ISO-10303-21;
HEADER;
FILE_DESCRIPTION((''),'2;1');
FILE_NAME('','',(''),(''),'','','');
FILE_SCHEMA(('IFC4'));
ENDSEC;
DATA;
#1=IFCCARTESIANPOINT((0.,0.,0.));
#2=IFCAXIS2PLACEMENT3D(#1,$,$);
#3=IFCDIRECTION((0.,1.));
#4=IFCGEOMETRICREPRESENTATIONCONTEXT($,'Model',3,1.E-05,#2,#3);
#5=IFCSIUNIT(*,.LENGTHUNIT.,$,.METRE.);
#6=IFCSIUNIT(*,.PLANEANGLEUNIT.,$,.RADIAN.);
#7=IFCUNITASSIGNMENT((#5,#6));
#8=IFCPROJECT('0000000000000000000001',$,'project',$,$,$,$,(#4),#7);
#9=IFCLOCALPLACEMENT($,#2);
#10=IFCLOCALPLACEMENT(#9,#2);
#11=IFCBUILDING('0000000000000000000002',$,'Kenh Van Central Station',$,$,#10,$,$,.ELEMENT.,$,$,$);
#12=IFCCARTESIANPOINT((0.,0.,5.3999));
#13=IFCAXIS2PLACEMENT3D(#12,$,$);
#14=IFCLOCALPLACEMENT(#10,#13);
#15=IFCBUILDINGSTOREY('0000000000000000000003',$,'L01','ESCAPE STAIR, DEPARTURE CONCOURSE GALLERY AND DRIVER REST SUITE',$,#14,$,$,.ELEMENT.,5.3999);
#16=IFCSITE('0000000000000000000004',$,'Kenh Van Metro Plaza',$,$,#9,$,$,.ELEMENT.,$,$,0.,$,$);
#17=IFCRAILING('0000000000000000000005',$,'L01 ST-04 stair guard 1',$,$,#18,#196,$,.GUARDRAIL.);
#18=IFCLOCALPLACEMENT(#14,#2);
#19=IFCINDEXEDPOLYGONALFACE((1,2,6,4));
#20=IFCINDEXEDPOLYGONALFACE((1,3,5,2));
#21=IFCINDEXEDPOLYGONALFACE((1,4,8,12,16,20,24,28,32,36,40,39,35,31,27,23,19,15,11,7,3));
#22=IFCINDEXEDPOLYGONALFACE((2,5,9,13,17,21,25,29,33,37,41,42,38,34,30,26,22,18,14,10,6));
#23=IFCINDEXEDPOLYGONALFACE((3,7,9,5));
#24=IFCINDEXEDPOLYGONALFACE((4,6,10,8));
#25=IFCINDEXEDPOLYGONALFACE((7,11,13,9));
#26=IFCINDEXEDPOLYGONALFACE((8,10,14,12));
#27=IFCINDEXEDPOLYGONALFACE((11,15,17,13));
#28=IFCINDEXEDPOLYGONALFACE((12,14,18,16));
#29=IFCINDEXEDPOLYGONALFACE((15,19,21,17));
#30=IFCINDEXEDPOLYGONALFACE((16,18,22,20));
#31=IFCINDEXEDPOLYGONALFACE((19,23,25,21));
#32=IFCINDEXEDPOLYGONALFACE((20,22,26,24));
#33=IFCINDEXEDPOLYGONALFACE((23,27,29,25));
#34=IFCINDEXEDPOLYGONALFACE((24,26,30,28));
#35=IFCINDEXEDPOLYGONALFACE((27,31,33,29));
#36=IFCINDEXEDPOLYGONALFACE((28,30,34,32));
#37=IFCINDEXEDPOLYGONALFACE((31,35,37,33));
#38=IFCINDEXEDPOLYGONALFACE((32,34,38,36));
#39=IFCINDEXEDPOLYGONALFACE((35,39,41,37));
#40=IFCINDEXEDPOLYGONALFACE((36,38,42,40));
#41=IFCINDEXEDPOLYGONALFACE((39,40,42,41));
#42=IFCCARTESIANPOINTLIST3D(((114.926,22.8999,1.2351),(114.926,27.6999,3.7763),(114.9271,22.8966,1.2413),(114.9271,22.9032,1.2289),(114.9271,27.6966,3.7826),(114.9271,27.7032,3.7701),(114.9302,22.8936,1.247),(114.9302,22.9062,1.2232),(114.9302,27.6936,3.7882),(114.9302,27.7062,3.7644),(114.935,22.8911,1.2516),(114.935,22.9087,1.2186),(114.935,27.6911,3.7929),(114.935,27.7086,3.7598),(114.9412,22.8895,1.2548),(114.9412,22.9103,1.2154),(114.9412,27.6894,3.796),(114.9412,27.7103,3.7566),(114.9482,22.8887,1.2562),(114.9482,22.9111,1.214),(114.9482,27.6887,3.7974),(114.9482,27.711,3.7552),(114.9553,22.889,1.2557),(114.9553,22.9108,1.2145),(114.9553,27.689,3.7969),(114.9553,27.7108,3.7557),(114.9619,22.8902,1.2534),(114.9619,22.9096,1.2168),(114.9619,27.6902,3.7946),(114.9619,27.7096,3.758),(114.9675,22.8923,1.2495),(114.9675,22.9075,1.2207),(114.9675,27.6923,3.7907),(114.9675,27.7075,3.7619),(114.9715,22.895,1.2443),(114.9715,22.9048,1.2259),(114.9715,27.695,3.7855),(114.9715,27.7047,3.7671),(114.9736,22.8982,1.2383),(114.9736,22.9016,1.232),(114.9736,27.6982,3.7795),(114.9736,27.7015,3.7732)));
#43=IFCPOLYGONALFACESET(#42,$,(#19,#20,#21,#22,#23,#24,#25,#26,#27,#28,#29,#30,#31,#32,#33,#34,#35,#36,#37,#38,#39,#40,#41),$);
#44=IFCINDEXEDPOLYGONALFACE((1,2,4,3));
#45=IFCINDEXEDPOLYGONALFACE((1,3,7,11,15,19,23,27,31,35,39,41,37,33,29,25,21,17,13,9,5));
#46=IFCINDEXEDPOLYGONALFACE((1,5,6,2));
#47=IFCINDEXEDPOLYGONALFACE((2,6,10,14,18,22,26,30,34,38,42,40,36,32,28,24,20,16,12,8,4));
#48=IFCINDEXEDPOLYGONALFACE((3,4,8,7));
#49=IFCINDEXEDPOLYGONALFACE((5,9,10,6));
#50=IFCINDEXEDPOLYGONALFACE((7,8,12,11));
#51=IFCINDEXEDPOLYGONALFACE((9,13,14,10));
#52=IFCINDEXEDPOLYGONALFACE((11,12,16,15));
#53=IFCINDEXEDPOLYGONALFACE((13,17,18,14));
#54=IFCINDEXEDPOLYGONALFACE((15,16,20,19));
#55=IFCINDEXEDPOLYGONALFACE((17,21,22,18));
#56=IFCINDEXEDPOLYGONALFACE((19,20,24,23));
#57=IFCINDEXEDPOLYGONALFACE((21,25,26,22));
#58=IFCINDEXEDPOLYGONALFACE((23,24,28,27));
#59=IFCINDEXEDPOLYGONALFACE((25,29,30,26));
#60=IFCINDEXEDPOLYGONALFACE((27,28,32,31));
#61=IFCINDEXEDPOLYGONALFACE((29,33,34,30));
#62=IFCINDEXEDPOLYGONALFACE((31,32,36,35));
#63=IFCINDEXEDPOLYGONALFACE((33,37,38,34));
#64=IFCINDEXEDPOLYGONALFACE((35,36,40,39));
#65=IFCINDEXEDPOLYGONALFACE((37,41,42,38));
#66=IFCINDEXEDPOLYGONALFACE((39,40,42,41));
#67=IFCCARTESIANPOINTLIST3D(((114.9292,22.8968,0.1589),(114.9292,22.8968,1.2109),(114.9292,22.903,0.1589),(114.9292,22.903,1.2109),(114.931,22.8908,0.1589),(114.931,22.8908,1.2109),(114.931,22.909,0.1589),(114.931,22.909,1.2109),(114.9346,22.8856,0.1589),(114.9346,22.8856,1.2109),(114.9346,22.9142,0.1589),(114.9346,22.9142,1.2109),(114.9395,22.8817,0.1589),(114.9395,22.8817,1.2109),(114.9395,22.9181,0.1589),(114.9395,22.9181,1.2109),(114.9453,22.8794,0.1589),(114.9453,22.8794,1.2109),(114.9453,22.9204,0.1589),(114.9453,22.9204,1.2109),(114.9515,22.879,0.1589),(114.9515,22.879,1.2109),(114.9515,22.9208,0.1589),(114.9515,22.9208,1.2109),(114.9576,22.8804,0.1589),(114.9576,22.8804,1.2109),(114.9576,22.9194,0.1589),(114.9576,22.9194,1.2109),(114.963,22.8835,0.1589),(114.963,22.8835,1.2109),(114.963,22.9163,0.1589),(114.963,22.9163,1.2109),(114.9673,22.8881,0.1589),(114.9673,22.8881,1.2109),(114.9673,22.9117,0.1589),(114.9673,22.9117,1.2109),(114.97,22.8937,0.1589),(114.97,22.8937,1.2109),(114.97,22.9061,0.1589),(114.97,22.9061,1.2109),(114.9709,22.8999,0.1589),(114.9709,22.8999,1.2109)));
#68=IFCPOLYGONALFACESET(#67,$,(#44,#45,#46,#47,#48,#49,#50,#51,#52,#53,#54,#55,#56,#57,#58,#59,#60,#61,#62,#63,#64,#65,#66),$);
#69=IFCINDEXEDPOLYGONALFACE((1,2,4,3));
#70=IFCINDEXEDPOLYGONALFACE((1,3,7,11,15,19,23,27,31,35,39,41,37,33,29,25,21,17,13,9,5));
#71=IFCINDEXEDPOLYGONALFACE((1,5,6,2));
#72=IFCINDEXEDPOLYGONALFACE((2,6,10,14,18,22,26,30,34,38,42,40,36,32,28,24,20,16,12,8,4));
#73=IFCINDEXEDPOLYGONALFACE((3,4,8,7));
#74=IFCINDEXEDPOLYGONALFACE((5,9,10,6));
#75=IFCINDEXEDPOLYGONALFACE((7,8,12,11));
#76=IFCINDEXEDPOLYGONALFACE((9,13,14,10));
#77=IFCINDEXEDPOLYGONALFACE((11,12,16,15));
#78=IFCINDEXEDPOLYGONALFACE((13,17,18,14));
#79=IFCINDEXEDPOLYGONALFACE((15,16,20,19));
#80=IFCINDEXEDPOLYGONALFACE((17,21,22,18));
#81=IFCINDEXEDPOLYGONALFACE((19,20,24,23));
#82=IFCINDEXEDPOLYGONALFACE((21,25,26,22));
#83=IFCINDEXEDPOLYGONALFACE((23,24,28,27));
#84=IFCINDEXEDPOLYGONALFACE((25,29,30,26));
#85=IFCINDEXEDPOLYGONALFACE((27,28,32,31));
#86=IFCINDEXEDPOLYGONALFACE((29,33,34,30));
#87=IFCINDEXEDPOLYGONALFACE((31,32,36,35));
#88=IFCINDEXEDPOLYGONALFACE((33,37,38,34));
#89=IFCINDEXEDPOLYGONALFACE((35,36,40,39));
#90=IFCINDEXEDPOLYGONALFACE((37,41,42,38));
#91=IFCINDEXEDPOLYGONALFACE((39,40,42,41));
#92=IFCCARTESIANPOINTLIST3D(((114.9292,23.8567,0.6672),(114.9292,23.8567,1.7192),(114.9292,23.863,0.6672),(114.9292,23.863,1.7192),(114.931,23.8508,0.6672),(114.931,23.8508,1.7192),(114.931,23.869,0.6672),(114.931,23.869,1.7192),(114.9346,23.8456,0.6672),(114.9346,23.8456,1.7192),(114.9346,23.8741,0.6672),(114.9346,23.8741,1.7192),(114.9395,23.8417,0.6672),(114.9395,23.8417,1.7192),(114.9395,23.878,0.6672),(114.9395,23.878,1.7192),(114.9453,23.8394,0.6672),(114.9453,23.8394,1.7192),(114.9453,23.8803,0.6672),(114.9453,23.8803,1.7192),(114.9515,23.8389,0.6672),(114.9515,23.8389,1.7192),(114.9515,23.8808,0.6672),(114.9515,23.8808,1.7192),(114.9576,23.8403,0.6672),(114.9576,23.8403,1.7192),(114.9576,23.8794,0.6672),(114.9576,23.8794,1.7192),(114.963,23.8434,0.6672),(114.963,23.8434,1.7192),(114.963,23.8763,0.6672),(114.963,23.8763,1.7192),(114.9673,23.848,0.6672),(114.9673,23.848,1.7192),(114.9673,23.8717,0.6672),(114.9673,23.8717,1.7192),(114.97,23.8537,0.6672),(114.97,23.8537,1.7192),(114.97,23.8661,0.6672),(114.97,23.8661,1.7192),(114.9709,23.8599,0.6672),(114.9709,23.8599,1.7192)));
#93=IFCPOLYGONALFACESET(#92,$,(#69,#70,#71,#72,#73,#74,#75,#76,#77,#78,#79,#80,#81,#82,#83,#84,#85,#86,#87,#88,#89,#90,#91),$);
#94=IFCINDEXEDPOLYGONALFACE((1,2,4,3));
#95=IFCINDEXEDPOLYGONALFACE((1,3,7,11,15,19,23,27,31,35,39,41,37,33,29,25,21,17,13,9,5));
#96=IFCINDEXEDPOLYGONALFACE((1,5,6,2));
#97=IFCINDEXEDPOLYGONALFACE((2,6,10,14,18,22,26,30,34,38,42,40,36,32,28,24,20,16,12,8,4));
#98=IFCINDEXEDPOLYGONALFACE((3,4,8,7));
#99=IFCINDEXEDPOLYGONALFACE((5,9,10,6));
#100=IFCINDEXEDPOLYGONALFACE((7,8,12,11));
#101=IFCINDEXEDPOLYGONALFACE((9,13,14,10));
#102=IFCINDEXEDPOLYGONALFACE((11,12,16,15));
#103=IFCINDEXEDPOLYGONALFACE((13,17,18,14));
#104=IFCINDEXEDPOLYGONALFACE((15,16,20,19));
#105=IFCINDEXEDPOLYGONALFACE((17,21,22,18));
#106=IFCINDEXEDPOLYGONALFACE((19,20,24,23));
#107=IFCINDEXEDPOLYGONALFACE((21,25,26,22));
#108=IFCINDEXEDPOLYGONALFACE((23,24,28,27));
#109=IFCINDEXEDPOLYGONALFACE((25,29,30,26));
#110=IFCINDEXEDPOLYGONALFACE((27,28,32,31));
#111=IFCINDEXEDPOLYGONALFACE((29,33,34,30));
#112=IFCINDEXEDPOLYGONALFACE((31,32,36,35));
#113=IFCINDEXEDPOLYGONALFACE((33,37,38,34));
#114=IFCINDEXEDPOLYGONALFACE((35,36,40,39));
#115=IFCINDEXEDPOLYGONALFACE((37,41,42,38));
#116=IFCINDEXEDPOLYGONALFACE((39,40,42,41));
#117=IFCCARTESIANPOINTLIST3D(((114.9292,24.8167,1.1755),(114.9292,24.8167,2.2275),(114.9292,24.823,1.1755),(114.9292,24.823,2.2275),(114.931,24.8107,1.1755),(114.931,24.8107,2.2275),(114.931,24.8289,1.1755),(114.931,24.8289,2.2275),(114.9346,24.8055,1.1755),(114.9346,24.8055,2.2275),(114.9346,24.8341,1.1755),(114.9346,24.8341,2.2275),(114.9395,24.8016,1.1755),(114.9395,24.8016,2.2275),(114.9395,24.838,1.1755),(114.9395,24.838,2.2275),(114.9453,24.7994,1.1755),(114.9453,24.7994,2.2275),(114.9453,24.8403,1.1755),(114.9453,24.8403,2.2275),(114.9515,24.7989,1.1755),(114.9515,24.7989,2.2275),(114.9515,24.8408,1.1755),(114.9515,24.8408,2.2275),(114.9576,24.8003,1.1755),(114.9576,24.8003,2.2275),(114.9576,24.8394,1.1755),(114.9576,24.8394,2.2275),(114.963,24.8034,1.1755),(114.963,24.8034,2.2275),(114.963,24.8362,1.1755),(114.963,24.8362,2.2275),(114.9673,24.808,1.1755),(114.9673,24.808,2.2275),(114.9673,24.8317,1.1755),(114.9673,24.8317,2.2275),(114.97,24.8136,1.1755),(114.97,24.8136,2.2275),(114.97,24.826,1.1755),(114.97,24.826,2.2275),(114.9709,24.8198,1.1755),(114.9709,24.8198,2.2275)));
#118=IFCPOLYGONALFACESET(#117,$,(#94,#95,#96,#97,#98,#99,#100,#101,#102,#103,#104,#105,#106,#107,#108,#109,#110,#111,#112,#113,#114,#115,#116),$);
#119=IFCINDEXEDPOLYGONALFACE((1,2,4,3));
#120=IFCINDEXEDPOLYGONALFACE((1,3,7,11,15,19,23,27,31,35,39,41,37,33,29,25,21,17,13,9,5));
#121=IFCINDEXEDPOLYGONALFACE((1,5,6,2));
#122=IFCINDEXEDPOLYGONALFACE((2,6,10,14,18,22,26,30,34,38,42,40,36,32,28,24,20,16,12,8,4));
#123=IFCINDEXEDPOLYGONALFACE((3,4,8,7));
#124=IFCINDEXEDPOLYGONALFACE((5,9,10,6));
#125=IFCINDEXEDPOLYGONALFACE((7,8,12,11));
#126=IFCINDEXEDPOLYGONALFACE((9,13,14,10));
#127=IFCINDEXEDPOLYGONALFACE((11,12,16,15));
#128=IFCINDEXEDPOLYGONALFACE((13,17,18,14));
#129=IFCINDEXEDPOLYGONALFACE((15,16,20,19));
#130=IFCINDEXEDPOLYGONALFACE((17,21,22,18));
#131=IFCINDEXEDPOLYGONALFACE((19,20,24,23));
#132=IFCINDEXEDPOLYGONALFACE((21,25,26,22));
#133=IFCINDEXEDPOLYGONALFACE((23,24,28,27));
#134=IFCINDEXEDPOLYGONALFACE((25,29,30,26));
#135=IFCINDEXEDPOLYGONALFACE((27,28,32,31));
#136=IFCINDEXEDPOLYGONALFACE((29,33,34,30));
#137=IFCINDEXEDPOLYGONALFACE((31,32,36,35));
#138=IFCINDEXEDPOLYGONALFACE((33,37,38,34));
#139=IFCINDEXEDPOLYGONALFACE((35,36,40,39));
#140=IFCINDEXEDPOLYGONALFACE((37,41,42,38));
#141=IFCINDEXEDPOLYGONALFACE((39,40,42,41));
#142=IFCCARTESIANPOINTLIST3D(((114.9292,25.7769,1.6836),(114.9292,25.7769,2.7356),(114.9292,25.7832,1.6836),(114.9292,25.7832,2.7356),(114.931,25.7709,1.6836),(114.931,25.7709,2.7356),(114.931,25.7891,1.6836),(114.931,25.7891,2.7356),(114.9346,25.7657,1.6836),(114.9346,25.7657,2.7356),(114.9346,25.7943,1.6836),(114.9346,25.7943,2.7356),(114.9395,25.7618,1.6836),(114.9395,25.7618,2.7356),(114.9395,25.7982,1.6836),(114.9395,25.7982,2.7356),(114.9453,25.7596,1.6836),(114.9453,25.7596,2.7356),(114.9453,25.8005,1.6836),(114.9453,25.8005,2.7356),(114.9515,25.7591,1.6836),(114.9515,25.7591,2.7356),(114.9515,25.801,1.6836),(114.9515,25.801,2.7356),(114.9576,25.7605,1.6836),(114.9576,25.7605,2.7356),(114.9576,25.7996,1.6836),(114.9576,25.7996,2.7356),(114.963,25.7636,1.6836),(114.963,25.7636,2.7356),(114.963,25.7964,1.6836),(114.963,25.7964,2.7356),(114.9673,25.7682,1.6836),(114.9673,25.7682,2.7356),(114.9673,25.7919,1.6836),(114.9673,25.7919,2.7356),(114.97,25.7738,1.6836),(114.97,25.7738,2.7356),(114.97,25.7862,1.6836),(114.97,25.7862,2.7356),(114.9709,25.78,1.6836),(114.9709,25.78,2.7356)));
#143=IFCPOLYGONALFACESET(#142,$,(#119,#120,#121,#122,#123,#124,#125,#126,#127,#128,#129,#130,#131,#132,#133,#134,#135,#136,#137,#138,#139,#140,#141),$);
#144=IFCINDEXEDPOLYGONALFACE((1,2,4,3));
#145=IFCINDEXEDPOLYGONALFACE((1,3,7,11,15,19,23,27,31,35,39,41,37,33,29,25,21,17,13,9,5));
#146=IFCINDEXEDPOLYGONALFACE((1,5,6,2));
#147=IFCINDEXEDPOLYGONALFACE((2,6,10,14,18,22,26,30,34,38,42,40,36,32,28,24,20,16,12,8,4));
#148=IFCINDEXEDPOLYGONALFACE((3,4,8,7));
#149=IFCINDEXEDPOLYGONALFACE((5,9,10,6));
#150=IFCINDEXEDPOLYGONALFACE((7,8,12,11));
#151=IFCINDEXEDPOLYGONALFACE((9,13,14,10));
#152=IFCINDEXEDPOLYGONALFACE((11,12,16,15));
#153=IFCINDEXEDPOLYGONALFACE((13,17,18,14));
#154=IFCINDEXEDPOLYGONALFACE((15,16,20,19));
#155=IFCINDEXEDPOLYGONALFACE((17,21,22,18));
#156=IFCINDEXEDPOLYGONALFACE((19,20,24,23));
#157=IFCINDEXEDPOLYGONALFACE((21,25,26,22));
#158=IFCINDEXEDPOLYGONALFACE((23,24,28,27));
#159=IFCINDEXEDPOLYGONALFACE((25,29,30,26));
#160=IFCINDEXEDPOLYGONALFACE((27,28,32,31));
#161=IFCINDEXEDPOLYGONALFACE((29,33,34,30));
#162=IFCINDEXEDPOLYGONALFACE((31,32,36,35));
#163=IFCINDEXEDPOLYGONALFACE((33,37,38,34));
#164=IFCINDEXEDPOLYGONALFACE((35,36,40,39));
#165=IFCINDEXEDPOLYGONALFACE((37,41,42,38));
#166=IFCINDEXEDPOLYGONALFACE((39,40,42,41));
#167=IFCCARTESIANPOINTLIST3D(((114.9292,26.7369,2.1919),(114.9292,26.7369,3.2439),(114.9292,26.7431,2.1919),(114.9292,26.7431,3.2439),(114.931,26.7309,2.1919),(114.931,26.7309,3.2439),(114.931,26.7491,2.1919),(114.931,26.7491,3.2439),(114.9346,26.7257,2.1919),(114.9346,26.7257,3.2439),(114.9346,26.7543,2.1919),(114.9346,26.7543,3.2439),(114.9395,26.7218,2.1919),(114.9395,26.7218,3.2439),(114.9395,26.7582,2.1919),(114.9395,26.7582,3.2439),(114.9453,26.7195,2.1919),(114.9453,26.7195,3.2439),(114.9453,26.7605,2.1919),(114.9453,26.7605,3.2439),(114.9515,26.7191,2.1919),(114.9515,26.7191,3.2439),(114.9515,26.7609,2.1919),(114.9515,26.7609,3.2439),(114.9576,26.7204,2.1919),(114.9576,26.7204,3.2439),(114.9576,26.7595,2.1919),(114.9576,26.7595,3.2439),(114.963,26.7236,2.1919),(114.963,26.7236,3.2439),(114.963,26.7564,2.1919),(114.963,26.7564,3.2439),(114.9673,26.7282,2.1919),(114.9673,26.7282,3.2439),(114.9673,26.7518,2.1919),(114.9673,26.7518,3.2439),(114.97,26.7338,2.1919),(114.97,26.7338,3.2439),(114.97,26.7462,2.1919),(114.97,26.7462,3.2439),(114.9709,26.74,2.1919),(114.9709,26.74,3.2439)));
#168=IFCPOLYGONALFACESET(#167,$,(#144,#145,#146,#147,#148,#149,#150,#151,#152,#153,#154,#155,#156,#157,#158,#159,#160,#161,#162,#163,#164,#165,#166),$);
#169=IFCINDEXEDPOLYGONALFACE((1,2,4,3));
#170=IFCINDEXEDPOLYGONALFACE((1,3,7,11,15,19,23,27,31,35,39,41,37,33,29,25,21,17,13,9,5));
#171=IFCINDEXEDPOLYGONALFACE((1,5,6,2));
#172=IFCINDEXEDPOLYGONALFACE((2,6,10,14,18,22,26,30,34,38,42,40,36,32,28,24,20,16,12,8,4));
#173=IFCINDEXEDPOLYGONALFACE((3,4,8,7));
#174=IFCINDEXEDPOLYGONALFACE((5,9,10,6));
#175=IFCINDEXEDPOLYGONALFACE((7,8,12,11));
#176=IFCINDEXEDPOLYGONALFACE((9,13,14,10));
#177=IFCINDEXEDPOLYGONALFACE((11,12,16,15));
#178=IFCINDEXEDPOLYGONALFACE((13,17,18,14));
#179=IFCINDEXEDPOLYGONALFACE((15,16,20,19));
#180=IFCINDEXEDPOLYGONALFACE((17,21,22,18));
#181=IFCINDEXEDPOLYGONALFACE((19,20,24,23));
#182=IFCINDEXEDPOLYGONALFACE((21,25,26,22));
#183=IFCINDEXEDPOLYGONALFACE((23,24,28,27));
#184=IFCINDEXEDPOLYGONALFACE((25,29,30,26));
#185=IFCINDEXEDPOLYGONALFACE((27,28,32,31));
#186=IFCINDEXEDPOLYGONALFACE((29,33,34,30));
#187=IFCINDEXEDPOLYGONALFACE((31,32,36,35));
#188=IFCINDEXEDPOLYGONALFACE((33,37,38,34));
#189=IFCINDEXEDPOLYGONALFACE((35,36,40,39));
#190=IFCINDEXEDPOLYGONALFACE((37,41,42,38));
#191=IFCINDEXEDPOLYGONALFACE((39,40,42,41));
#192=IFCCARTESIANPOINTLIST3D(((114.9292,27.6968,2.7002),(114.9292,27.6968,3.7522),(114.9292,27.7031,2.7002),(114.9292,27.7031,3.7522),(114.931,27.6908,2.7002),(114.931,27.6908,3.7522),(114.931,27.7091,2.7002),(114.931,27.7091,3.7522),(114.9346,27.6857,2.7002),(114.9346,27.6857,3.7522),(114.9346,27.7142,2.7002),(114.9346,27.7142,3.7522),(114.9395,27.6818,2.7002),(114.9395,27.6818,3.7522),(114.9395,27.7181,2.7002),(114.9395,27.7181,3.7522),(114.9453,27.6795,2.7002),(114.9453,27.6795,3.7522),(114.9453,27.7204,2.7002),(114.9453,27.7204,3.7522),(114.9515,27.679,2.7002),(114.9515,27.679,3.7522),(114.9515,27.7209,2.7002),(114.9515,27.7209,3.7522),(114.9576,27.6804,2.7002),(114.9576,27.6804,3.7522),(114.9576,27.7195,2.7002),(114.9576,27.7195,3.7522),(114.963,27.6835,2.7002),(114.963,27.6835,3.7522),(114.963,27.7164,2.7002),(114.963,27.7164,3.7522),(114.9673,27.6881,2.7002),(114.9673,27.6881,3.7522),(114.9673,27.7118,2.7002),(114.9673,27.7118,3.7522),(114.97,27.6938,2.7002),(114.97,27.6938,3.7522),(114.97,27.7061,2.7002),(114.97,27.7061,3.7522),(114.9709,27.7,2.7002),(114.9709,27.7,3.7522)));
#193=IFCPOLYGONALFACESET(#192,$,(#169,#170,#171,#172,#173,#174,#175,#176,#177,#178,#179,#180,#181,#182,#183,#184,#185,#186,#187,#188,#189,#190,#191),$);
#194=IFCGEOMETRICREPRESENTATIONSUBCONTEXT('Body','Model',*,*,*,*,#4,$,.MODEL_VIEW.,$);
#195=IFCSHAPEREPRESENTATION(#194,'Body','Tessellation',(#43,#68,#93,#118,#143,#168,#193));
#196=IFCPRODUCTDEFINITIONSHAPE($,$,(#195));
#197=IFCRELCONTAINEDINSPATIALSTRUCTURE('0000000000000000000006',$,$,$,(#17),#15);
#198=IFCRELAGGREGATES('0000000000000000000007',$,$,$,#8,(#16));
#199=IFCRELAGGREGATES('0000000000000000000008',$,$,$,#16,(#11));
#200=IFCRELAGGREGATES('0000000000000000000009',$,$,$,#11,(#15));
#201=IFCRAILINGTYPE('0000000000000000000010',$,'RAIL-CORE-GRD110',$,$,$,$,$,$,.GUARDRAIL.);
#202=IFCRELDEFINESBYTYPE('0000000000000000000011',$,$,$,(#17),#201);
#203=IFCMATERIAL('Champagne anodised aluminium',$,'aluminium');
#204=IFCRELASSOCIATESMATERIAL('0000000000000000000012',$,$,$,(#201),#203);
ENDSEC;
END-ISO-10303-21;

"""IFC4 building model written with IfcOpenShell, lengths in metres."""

from ifc_helpers import new_model, si_unit, direction, frame, origin, origin_2d, place, context, subcontext, project, spatial, circle, extrude, material, type_object, element, save


model = new_model("IFC4")

# Units and contexts
model_context = context("Model", 3, precision=1e-05, world=origin(), true_north=direction((0.0, 1.0)))
body_context = subcontext(model_context, "Body", "Model", "MODEL_VIEW")
ifc_project = project(units=[si_unit("LENGTHUNIT", "METRE"), si_unit("PLANEANGLEUNIT", "RADIAN")], contexts=[model_context])

# Site, building, storey
site_placement = place(None, origin())
site = spatial("IfcSite", under=ifc_project, at=site_placement, Name="Kenh Van Metro Plaza", CompositionType="ELEMENT", RefElevation=0.0)
building_placement = place(site_placement, origin())
building = spatial("IfcBuilding", under=site, at=building_placement, Name="Kenh Van Central Station", CompositionType="ELEMENT")
storey_placement = place(building_placement, frame((0.0, 0.0, 5.3999)))
storey = spatial("IfcBuildingStorey", under=building, at=storey_placement, Name="L01", Description="ESCAPE STAIR, DEPARTURE CONCOURSE GALLERY AND DRIVER REST SUITE", CompositionType="ELEMENT", Elevation=5.3999)

# Shared definitions
ifc_material_1 = material(Name="Champagne anodised aluminium", Category="aluminium")

# Railing
railing_type_1 = type_object("IfcRailingType", Name="RAIL-CORE-GRD110", PredefinedType="GUARDRAIL", material=ifc_material_1)
railing_1_placement = place(storey_placement, frame((114.95, 22.8999, 0.1589)))
element("IfcRailing", 1, at=railing_1_placement, inside=storey, type_object=railing_type_1, Name="L01 ST-04 stair guard 1", PredefinedType="GUARDRAIL", context=body_context, shape_type="SweptSolid", body=[
    extrude(circle(Radius=0.0239, at=origin_2d()), frame((0.0, 0.0, 1.0762), z_axis=(0.0, 0.883784, 0.467896), x_axis=(-1.0, 0.0, 0.0)), (0.0, 0.0, 1.0), 5.4312),
    extrude(circle(Radius=0.021, at=origin_2d()), origin(), (0.0, 0.0, 1.0), 1.052),
    extrude(circle(Radius=0.021, at=origin_2d()), frame((0.0, 0.96, 0.5083)), (0.0, 0.0, 1.0), 1.052),
    extrude(circle(Radius=0.021, at=origin_2d()), frame((0.0, 1.9199, 1.0166)), (0.0, 0.0, 1.0), 1.052),
    extrude(circle(Radius=0.021, at=origin_2d()), frame((0.0, 2.8801, 1.5247)), (0.0, 0.0, 1.0), 1.052),
    extrude(circle(Radius=0.021, at=origin_2d()), frame((0.0, 3.8401, 2.033)), (0.0, 0.0, 1.0), 1.052),
    extrude(circle(Radius=0.021, at=origin_2d()), frame((0.0, 4.8, 2.5413)), (0.0, 0.0, 1.0), 1.052),
])

save(model, "model.ifc")
